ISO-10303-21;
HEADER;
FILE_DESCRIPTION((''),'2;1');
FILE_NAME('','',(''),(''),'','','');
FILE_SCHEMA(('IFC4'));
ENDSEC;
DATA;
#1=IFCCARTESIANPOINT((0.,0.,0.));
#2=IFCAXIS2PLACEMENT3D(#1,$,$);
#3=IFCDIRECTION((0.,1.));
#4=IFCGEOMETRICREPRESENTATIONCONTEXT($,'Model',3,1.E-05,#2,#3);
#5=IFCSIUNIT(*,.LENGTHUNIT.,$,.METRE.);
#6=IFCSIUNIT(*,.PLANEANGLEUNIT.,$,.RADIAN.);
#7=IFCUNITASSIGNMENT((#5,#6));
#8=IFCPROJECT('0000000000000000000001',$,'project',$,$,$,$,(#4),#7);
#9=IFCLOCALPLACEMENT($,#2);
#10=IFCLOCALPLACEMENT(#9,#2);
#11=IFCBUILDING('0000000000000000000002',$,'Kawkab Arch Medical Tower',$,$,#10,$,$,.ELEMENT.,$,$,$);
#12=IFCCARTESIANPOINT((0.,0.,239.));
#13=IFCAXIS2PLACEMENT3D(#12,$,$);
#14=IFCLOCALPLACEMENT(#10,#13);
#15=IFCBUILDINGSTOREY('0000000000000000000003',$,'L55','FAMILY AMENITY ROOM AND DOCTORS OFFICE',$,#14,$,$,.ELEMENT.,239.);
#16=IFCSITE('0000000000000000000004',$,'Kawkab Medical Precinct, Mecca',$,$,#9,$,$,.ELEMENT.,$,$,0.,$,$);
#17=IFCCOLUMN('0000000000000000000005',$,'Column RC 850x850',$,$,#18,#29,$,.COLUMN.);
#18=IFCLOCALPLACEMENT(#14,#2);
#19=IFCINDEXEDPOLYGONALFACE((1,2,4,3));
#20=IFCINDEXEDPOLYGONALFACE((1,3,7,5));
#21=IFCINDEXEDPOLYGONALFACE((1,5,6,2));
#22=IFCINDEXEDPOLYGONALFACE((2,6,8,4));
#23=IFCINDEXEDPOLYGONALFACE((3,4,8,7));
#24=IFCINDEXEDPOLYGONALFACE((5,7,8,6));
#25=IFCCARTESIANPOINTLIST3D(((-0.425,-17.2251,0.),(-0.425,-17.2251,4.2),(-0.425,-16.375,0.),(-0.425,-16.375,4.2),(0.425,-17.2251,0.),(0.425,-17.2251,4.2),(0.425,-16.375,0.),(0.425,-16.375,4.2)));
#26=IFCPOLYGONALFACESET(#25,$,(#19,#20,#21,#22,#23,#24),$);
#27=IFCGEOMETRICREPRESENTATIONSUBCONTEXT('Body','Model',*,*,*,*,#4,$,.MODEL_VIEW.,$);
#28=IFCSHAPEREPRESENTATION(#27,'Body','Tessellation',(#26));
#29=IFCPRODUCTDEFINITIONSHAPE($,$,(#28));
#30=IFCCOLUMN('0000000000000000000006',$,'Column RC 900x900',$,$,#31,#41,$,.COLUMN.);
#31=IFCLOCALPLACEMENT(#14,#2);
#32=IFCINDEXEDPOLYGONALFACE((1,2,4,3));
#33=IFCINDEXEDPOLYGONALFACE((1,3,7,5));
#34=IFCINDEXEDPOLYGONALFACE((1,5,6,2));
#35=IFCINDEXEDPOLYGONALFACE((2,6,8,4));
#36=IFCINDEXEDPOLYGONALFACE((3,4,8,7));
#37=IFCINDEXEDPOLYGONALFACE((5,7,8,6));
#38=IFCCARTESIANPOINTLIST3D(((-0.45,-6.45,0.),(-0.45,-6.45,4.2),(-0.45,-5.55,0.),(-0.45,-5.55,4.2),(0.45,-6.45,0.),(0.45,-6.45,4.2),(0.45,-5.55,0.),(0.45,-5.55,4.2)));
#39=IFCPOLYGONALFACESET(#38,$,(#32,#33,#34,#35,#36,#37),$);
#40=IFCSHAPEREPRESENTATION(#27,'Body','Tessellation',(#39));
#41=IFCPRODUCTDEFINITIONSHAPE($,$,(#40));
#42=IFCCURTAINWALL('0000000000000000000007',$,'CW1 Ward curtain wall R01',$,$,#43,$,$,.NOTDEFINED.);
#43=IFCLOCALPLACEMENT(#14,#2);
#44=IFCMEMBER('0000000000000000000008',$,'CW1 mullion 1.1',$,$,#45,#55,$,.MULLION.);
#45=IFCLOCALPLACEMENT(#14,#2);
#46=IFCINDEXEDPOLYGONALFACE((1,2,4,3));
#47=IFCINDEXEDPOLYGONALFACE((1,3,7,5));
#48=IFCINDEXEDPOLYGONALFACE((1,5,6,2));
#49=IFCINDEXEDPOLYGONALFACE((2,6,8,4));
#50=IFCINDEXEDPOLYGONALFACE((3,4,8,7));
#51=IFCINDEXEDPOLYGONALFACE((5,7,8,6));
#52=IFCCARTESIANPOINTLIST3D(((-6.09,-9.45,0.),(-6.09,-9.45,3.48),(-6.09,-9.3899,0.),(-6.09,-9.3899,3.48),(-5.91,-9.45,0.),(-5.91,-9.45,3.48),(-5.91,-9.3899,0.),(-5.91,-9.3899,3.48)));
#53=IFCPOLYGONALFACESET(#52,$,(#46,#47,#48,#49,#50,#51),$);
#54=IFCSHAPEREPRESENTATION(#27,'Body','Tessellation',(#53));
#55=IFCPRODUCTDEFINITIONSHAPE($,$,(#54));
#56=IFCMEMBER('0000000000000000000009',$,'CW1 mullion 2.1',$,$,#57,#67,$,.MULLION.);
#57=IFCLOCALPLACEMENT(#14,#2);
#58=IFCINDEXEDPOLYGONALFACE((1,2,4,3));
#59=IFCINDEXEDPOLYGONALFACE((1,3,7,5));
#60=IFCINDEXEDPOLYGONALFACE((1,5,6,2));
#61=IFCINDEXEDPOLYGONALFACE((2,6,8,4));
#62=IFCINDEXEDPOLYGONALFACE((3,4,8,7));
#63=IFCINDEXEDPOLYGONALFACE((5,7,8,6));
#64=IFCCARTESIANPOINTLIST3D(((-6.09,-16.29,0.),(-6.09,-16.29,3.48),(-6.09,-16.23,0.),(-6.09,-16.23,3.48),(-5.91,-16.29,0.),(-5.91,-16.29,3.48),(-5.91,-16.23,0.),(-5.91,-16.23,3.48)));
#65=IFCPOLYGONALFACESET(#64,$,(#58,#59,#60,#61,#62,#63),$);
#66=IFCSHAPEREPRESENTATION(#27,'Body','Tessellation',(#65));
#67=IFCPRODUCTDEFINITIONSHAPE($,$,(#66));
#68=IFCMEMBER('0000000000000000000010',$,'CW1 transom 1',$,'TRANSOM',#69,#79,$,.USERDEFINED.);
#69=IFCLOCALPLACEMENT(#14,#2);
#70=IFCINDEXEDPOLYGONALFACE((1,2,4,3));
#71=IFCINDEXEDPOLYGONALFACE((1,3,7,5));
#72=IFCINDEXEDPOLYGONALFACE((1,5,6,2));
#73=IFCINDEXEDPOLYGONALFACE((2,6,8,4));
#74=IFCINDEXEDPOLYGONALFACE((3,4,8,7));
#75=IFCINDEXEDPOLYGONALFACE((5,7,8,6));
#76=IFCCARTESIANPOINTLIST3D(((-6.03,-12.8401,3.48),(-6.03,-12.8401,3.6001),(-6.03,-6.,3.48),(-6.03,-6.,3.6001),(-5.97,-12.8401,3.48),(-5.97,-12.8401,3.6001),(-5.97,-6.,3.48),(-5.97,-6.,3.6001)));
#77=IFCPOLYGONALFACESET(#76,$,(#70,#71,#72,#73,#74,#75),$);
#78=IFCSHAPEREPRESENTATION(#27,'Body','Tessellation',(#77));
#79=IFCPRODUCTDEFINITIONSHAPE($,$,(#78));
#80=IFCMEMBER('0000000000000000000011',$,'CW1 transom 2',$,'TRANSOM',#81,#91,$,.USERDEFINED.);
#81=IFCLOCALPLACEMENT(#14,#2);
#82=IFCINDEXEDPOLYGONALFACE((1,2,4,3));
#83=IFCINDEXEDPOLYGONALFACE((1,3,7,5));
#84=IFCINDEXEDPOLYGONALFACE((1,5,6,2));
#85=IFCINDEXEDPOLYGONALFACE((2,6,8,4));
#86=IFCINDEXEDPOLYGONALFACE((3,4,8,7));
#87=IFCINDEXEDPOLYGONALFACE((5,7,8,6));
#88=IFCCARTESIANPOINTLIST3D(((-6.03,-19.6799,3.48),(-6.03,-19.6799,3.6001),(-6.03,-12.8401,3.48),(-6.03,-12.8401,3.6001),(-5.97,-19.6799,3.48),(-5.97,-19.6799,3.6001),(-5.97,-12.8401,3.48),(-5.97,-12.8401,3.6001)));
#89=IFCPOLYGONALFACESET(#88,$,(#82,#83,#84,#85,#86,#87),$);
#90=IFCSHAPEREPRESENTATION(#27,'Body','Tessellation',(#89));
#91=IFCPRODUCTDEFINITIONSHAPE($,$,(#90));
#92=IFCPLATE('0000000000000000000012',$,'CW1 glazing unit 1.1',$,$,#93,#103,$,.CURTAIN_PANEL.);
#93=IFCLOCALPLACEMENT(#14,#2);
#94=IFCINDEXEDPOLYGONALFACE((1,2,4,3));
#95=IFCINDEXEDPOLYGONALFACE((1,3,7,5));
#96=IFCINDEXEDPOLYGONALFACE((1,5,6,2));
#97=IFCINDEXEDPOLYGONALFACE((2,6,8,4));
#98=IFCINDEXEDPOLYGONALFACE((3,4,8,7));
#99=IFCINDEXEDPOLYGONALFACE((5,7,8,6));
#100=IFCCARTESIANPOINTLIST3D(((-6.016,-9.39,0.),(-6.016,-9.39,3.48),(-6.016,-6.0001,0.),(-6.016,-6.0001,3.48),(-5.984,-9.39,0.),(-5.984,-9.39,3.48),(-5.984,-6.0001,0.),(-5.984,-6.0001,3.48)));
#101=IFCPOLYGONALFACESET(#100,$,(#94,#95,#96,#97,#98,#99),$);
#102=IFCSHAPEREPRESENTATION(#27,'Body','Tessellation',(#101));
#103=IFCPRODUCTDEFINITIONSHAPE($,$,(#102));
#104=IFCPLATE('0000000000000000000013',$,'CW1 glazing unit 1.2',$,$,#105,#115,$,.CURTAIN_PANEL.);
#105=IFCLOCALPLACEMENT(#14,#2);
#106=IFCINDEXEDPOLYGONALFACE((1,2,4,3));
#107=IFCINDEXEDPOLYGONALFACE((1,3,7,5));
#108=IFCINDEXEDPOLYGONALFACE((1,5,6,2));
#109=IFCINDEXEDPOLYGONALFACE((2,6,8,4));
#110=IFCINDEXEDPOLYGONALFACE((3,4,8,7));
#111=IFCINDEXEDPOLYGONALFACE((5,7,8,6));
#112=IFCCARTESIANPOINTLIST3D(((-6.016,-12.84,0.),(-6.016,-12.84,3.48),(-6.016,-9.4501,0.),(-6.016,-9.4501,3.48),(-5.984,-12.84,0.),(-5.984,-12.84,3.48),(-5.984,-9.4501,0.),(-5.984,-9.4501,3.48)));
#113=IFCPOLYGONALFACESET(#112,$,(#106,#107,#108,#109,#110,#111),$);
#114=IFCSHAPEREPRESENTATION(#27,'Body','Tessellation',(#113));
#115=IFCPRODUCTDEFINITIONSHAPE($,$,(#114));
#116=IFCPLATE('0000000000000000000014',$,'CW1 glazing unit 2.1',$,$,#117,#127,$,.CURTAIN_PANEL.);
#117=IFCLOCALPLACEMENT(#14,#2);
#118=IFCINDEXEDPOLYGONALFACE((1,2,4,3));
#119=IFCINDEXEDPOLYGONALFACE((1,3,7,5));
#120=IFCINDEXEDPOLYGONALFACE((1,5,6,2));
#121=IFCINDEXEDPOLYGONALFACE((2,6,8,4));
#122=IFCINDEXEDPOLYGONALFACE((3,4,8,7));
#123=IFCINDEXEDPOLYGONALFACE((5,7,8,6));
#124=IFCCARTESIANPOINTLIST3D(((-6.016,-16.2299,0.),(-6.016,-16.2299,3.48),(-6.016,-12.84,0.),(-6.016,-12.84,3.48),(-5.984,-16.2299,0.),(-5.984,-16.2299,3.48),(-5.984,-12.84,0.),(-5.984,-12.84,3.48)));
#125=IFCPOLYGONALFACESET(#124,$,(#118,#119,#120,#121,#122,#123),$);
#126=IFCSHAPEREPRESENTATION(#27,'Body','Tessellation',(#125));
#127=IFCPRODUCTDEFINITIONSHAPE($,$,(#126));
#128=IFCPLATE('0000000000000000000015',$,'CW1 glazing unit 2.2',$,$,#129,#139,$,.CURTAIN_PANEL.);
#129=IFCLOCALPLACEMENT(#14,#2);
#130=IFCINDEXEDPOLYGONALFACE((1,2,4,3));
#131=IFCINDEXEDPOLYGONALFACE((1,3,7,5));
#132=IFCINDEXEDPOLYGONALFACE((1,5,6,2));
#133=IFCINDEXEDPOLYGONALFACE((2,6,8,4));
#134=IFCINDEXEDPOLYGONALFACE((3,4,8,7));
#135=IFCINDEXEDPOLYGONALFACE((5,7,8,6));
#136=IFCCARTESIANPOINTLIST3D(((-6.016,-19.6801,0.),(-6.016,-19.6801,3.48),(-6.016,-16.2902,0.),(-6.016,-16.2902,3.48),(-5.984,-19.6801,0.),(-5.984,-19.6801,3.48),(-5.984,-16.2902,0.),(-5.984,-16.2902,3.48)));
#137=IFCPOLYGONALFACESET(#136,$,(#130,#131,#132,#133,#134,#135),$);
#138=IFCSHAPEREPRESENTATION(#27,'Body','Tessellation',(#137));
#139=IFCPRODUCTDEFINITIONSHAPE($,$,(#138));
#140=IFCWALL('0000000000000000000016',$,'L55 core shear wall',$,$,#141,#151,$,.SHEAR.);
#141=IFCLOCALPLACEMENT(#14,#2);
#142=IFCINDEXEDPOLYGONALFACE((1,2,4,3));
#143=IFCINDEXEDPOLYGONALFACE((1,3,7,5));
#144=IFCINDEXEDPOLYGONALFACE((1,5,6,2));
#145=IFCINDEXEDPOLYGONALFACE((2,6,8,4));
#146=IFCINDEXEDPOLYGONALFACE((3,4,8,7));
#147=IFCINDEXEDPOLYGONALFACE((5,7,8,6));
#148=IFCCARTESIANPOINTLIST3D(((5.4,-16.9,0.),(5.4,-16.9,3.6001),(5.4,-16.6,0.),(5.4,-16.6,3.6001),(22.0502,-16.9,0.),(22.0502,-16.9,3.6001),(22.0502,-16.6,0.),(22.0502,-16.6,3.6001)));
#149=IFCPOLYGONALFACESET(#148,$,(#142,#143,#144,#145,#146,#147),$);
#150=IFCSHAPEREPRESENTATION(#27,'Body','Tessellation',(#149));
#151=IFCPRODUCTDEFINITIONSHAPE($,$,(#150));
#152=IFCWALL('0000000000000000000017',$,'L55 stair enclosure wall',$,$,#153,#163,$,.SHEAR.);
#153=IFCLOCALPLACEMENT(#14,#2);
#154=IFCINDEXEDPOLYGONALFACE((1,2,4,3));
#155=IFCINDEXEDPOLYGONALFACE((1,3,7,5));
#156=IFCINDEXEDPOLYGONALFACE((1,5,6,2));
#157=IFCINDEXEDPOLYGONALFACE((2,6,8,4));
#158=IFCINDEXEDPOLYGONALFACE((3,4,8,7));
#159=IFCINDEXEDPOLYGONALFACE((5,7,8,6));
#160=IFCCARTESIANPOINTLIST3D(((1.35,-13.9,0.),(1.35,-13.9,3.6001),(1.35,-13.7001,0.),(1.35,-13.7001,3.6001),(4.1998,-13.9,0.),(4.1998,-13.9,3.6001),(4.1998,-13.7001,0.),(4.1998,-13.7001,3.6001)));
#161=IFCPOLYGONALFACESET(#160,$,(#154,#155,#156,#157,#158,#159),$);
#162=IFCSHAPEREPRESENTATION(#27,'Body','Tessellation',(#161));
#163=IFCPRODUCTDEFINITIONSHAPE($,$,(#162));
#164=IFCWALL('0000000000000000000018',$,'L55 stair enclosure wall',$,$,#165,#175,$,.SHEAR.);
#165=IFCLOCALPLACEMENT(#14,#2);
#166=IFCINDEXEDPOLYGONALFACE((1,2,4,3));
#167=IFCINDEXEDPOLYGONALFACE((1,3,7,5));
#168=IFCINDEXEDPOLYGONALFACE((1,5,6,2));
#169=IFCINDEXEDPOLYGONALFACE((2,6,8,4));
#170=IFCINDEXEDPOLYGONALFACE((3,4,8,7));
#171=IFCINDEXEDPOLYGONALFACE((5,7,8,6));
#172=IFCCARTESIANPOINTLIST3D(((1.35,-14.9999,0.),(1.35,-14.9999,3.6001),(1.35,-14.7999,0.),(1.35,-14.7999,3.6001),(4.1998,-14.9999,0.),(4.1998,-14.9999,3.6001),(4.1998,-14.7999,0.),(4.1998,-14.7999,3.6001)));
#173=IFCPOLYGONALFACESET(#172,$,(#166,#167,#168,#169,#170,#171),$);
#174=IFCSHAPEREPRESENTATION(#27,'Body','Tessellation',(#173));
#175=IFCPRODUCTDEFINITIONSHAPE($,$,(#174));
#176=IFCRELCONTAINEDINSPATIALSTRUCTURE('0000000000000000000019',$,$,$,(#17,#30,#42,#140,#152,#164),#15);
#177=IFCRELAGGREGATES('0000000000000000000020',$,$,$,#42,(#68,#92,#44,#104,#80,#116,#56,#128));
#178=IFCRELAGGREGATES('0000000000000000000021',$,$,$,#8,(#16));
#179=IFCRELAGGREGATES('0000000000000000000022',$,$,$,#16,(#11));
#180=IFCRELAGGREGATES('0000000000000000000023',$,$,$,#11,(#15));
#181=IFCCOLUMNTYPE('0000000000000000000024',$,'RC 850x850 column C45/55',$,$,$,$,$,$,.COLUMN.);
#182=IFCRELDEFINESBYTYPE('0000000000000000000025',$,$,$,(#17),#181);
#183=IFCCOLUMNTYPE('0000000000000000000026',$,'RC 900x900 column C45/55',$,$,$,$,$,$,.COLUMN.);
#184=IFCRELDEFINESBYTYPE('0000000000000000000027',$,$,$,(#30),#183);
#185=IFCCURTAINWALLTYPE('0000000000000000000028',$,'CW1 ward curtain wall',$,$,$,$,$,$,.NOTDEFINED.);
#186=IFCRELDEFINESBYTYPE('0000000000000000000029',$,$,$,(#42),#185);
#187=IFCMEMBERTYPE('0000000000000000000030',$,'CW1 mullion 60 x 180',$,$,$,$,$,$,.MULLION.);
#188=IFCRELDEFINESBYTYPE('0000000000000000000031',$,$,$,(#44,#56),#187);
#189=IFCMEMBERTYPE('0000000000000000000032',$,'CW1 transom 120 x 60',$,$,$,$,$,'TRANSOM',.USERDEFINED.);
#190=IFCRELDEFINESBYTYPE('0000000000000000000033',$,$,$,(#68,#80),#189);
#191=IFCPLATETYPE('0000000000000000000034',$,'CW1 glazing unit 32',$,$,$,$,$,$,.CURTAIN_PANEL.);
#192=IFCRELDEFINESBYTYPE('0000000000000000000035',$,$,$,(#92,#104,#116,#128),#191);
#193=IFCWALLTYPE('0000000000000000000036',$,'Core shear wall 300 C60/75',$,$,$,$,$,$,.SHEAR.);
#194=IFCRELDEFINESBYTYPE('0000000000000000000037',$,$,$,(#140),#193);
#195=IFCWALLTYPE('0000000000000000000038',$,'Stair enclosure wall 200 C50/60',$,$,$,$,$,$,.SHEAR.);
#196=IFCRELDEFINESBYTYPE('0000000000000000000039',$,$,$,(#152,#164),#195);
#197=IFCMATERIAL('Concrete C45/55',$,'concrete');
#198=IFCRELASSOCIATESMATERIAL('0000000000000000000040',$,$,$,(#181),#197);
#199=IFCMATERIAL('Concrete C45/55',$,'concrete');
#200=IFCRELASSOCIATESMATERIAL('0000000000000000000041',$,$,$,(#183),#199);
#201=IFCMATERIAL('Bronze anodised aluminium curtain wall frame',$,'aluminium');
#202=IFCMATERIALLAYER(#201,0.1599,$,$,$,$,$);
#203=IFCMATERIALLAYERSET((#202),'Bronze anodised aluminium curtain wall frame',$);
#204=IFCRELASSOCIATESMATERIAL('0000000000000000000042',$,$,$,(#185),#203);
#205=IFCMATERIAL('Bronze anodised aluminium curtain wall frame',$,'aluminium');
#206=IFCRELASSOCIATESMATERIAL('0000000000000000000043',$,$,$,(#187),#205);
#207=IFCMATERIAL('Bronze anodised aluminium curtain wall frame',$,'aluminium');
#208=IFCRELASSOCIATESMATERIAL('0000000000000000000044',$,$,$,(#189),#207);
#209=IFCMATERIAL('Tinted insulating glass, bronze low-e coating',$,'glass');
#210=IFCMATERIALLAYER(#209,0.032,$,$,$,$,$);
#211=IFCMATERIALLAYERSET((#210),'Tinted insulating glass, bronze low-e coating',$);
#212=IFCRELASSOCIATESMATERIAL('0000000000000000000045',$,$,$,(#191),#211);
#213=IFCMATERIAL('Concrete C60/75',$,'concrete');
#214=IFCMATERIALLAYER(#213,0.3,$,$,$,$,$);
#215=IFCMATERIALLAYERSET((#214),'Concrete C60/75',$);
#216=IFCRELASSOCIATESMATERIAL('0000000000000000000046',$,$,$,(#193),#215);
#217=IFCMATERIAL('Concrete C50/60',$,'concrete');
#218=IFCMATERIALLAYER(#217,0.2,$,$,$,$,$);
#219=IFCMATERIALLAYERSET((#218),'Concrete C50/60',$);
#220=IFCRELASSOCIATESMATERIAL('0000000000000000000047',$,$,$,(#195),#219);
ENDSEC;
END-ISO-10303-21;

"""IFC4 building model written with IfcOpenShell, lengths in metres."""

from ifc_helpers import new_model, si_unit, direction, frame, frame_2d, origin, origin_2d, place, context, subcontext, project, spatial, rectangle, extrude, material, layer, layer_set, material_profile, profile_set, type_object, element, aggregate, save


model = new_model("IFC4")

# Units and contexts
model_context = context("Model", 3, precision=1e-05, world=origin(), true_north=direction((0.0, 1.0)))
body_context = subcontext(model_context, "Body", "Model", "MODEL_VIEW")
ifc_project = project(units=[si_unit("LENGTHUNIT", "METRE"), si_unit("PLANEANGLEUNIT", "RADIAN")], contexts=[model_context])

# Site, building, storey
site_placement = place(None, origin())
site = spatial("IfcSite", under=ifc_project, at=site_placement, Name="Kawkab Medical Precinct, Mecca", CompositionType="ELEMENT", RefElevation=0.0)
building_placement = place(site_placement, origin())
building = spatial("IfcBuilding", under=site, at=building_placement, Name="Kawkab Arch Medical Tower", CompositionType="ELEMENT")
storey_placement = place(building_placement, frame((0.0, 0.0, 239.0)))
storey = spatial("IfcBuildingStorey", under=building, at=storey_placement, Name="L55", Description="FAMILY AMENITY ROOM AND DOCTORS OFFICE", CompositionType="ELEMENT", Elevation=239.0)

# Columns
ifc_material_1 = material(Name="Concrete C45/55", Category="concrete")
ifc_material_profile_1 = material_profile(ifc_material_1, rectangle(XDim=0.8501, YDim=0.8501, at=origin_2d()), Name="RC 850x850")
ifc_profile_set_1 = profile_set([ifc_material_profile_1], Name="Concrete C45/55")
column_type_1 = type_object("IfcColumnType", Name="RC 850x850 column C45/55", PredefinedType="COLUMN", material=ifc_profile_set_1)
column_1_placement = place(storey_placement, frame((0.0, -16.8, 0.0), z_axis=(0.0, 0.0, 1.0), x_axis=(1.0, 0.0, 0.0)))
element("IfcColumn", 1, at=column_1_placement, inside=storey, type_object=column_type_1, Name="Column RC 850x850", PredefinedType="COLUMN", context=body_context, shape_type="SweptSolid", body=[
    extrude(rectangle(XDim=0.8501, YDim=0.8501, at=origin_2d()), origin(), (0.0, 0.0, 1.0), 4.2),
])
ifc_material_2 = material(Name="Concrete C45/55", Category="concrete")
ifc_material_profile_2 = material_profile(ifc_material_2, rectangle(XDim=0.8999, YDim=0.8999, at=origin_2d()), Name="RC 900x900")
ifc_profile_set_2 = profile_set([ifc_material_profile_2], Name="Concrete C45/55")
column_type_2 = type_object("IfcColumnType", Name="RC 900x900 column C45/55", PredefinedType="COLUMN", material=ifc_profile_set_2)
column_2_placement = place(storey_placement, frame((0.0, -6.0, 0.0), z_axis=(0.0, 0.0, 1.0), x_axis=(1.0, 0.0, 0.0)))
element("IfcColumn", 2, at=column_2_placement, inside=storey, type_object=column_type_2, Name="Column RC 900x900", PredefinedType="COLUMN", context=body_context, shape_type="SweptSolid", body=[
    extrude(rectangle(XDim=0.8999, YDim=0.8999, at=origin_2d()), origin(), (0.0, 0.0, 1.0), 4.2),
])

# Curtain wall, members, plates
ifc_material_3 = material(Name="Bronze anodised aluminium curtain wall frame", Category="aluminium")
ifc_layer_1 = layer(ifc_material_3, 0.1599)
ifc_layer_set_1 = layer_set([ifc_layer_1], Name="Bronze anodised aluminium curtain wall frame")
curtain_wall_type = type_object("IfcCurtainWallType", Name="CW1 ward curtain wall", PredefinedType="NOTDEFINED", material=ifc_layer_set_1)
placement = place(storey_placement, origin())
curtain_wall = element("IfcCurtainWall", 3, at=placement, inside=storey, type_object=curtain_wall_type, Name="CW1 Ward curtain wall R01", PredefinedType="NOTDEFINED")
ifc_material_4 = material(Name="Bronze anodised aluminium curtain wall frame", Category="aluminium")
ifc_material_profile_3 = material_profile(ifc_material_4, rectangle(XDim=0.1799, YDim=0.0601, at=origin_2d()), Name="AL 60x180")
ifc_profile_set_3 = profile_set([ifc_material_profile_3], Name="Bronze anodised aluminium curtain wall frame")
member_type_1 = type_object("IfcMemberType", Name="CW1 mullion 60 x 180", PredefinedType="MULLION", material=ifc_profile_set_3)
member_1_placement = place(storey_placement, frame((-6.0, -9.4199, 0.0), z_axis=(0.0, 0.0, 1.0), x_axis=(1.0, 0.0, 0.0)))
member_1 = element("IfcMember", 4, at=member_1_placement, type_object=member_type_1, Name="CW1 mullion 1.1", PredefinedType="MULLION", context=body_context, shape_type="SweptSolid", body=[
    extrude(rectangle(XDim=0.1799, YDim=0.0601, at=origin_2d()), origin(), (0.0, 0.0, 1.0), 3.48),
])
member_2_placement = place(storey_placement, frame((-6.0, -16.26, 0.0), z_axis=(0.0, 0.0, 1.0), x_axis=(1.0, 0.0, 0.0)))
member_2 = element("IfcMember", 5, at=member_2_placement, type_object=member_type_1, Name="CW1 mullion 2.1", PredefinedType="MULLION", context=body_context, shape_type="SweptSolid", body=[
    extrude(rectangle(XDim=0.1799, YDim=0.0601, at=origin_2d()), origin(), (0.0, 0.0, 1.0), 3.48),
])
ifc_material_5 = material(Name="Bronze anodised aluminium curtain wall frame", Category="aluminium")
ifc_material_profile_4 = material_profile(ifc_material_5, rectangle(XDim=0.0601, YDim=0.1201, at=origin_2d()), Name="AL 60x120")
ifc_profile_set_4 = profile_set([ifc_material_profile_4], Name="Bronze anodised aluminium curtain wall frame")
member_type_2 = type_object("IfcMemberType", Name="CW1 transom 120 x 60", ElementType="TRANSOM", PredefinedType="USERDEFINED", material=ifc_profile_set_4)
member_3_placement = place(storey_placement, frame((-6.0, -6.0, 3.54), z_axis=(0.0, -1.0, 0.0), x_axis=(1.0, 0.0, 0.0)))
member_3 = element("IfcMember", 6, at=member_3_placement, type_object=member_type_2, Name="CW1 transom 1", ObjectType="TRANSOM", PredefinedType="USERDEFINED", context=body_context, shape_type="SweptSolid", body=[
    extrude(rectangle(XDim=0.0601, YDim=0.1201, at=origin_2d()), origin(), (0.0, 0.0, 1.0), 6.8401),
])
member_4_placement = place(storey_placement, frame((-6.0, -12.8401, 3.54), z_axis=(0.0, -1.0, 0.0), x_axis=(1.0, 0.0, 0.0)))
member_4 = element("IfcMember", 7, at=member_4_placement, type_object=member_type_2, Name="CW1 transom 2", ObjectType="TRANSOM", PredefinedType="USERDEFINED", context=body_context, shape_type="SweptSolid", body=[
    extrude(rectangle(XDim=0.0601, YDim=0.1201, at=origin_2d()), origin(), (0.0, 0.0, 1.0), 6.8398),
])
ifc_material_6 = material(Name="Tinted insulating glass, bronze low-e coating", Category="glass")
ifc_layer_2 = layer(ifc_material_6, 0.032)
ifc_layer_set_2 = layer_set([ifc_layer_2], Name="Tinted insulating glass, bronze low-e coating")
plate_type = type_object("IfcPlateType", Name="CW1 glazing unit 32", PredefinedType="CURTAIN_PANEL", material=ifc_layer_set_2)
plate_1_placement = place(storey_placement, frame((-6.0, -7.6951, 0.0), z_axis=(0.0, 0.0, 1.0), x_axis=(0.0, -1.0, 0.0)))
plate_1 = element("IfcPlate", 8, at=plate_1_placement, type_object=plate_type, Name="CW1 glazing unit 1.1", PredefinedType="CURTAIN_PANEL", context=body_context, shape_type="SweptSolid", body=[
    extrude(rectangle(XDim=3.3899, YDim=0.032, at=origin_2d()), origin(), (0.0, 0.0, 1.0), 3.48),
])
plate_2_placement = place(storey_placement, frame((-6.0, -11.145, 0.0), z_axis=(0.0, 0.0, 1.0), x_axis=(0.0, -1.0, 0.0)))
plate_2 = element("IfcPlate", 9, at=plate_2_placement, type_object=plate_type, Name="CW1 glazing unit 1.2", PredefinedType="CURTAIN_PANEL", context=body_context, shape_type="SweptSolid", body=[
    extrude(rectangle(XDim=3.3899, YDim=0.032, at=origin_2d()), origin(), (0.0, 0.0, 1.0), 3.48),
])
plate_3_placement = place(storey_placement, frame((-6.0, -14.5349, 0.0), z_axis=(0.0, 0.0, 1.0), x_axis=(0.0, -1.0, 0.0)))
plate_3 = element("IfcPlate", 10, at=plate_3_placement, type_object=plate_type, Name="CW1 glazing unit 2.1", PredefinedType="CURTAIN_PANEL", context=body_context, shape_type="SweptSolid", body=[
    extrude(rectangle(XDim=3.3899, YDim=0.032, at=origin_2d()), origin(), (0.0, 0.0, 1.0), 3.48),
])
plate_4_placement = place(storey_placement, frame((-6.0, -17.9851, 0.0), z_axis=(0.0, 0.0, 1.0), x_axis=(0.0, -1.0, 0.0)))
plate_4 = element("IfcPlate", 11, at=plate_4_placement, type_object=plate_type, Name="CW1 glazing unit 2.2", PredefinedType="CURTAIN_PANEL", context=body_context, shape_type="SweptSolid", body=[
    extrude(rectangle(XDim=3.3899, YDim=0.032, at=origin_2d()), origin(), (0.0, 0.0, 1.0), 3.48),
])
aggregate(curtain_wall, [member_3, plate_1, member_1, plate_2, member_4, plate_3, member_2, plate_4])

# Walls
ifc_material_7 = material(Name="Concrete C60/75", Category="concrete")
ifc_layer_3 = layer(ifc_material_7, 0.3)
ifc_layer_set_3 = layer_set([ifc_layer_3], Name="Concrete C60/75")
wall_type_1 = type_object("IfcWallType", Name="Core shear wall 300 C60/75", PredefinedType="SHEAR", material=ifc_layer_set_3)
wall_1_placement = place(storey_placement, frame((5.3999, -16.75, 0.0), z_axis=(0.0, 0.0, 1.0), x_axis=(1.0, 0.0, 0.0)))
element("IfcWall", 12, at=wall_1_placement, inside=storey, type_object=wall_type_1, Name="L55 core shear wall", PredefinedType="SHEAR", context=body_context, shape_type="SweptSolid", body=[
    extrude(rectangle(XDim=16.6501, YDim=0.3, at=frame_2d((8.3252, 0.0))), origin(), (0.0, 0.0, 1.0), 3.6001),
])
ifc_material_8 = material(Name="Concrete C50/60", Category="concrete")
ifc_layer_4 = layer(ifc_material_8, 0.2)
ifc_layer_set_4 = layer_set([ifc_layer_4], Name="Concrete C50/60")
wall_type_2 = type_object("IfcWallType", Name="Stair enclosure wall 200 C50/60", PredefinedType="SHEAR", material=ifc_layer_set_4)
for number, where, z_axis, x_axis, name in (
    (13, (1.3501, -13.8, 0.0), (0.0, 0.0, 1.0), (1.0, 0.0, 0.0), "L55 stair enclosure wall"),
    (14, (1.3501, -14.8999, 0.0), (0.0, 0.0, 1.0), (1.0, 0.0, 0.0), "L55 stair enclosure wall"),
):
    element("IfcWall", number, at=place(storey_placement, frame(where, z_axis=z_axis, x_axis=x_axis)), inside=storey, type_object=wall_type_2, Name=name, PredefinedType="SHEAR", context=body_context, shape_type="SweptSolid", body=[
        extrude(rectangle(XDim=2.8499, YDim=0.2, at=frame_2d((1.4248, 0.0))), origin(), (0.0, 0.0, 1.0), 3.6001),
    ])

save(model, "model.ifc")
